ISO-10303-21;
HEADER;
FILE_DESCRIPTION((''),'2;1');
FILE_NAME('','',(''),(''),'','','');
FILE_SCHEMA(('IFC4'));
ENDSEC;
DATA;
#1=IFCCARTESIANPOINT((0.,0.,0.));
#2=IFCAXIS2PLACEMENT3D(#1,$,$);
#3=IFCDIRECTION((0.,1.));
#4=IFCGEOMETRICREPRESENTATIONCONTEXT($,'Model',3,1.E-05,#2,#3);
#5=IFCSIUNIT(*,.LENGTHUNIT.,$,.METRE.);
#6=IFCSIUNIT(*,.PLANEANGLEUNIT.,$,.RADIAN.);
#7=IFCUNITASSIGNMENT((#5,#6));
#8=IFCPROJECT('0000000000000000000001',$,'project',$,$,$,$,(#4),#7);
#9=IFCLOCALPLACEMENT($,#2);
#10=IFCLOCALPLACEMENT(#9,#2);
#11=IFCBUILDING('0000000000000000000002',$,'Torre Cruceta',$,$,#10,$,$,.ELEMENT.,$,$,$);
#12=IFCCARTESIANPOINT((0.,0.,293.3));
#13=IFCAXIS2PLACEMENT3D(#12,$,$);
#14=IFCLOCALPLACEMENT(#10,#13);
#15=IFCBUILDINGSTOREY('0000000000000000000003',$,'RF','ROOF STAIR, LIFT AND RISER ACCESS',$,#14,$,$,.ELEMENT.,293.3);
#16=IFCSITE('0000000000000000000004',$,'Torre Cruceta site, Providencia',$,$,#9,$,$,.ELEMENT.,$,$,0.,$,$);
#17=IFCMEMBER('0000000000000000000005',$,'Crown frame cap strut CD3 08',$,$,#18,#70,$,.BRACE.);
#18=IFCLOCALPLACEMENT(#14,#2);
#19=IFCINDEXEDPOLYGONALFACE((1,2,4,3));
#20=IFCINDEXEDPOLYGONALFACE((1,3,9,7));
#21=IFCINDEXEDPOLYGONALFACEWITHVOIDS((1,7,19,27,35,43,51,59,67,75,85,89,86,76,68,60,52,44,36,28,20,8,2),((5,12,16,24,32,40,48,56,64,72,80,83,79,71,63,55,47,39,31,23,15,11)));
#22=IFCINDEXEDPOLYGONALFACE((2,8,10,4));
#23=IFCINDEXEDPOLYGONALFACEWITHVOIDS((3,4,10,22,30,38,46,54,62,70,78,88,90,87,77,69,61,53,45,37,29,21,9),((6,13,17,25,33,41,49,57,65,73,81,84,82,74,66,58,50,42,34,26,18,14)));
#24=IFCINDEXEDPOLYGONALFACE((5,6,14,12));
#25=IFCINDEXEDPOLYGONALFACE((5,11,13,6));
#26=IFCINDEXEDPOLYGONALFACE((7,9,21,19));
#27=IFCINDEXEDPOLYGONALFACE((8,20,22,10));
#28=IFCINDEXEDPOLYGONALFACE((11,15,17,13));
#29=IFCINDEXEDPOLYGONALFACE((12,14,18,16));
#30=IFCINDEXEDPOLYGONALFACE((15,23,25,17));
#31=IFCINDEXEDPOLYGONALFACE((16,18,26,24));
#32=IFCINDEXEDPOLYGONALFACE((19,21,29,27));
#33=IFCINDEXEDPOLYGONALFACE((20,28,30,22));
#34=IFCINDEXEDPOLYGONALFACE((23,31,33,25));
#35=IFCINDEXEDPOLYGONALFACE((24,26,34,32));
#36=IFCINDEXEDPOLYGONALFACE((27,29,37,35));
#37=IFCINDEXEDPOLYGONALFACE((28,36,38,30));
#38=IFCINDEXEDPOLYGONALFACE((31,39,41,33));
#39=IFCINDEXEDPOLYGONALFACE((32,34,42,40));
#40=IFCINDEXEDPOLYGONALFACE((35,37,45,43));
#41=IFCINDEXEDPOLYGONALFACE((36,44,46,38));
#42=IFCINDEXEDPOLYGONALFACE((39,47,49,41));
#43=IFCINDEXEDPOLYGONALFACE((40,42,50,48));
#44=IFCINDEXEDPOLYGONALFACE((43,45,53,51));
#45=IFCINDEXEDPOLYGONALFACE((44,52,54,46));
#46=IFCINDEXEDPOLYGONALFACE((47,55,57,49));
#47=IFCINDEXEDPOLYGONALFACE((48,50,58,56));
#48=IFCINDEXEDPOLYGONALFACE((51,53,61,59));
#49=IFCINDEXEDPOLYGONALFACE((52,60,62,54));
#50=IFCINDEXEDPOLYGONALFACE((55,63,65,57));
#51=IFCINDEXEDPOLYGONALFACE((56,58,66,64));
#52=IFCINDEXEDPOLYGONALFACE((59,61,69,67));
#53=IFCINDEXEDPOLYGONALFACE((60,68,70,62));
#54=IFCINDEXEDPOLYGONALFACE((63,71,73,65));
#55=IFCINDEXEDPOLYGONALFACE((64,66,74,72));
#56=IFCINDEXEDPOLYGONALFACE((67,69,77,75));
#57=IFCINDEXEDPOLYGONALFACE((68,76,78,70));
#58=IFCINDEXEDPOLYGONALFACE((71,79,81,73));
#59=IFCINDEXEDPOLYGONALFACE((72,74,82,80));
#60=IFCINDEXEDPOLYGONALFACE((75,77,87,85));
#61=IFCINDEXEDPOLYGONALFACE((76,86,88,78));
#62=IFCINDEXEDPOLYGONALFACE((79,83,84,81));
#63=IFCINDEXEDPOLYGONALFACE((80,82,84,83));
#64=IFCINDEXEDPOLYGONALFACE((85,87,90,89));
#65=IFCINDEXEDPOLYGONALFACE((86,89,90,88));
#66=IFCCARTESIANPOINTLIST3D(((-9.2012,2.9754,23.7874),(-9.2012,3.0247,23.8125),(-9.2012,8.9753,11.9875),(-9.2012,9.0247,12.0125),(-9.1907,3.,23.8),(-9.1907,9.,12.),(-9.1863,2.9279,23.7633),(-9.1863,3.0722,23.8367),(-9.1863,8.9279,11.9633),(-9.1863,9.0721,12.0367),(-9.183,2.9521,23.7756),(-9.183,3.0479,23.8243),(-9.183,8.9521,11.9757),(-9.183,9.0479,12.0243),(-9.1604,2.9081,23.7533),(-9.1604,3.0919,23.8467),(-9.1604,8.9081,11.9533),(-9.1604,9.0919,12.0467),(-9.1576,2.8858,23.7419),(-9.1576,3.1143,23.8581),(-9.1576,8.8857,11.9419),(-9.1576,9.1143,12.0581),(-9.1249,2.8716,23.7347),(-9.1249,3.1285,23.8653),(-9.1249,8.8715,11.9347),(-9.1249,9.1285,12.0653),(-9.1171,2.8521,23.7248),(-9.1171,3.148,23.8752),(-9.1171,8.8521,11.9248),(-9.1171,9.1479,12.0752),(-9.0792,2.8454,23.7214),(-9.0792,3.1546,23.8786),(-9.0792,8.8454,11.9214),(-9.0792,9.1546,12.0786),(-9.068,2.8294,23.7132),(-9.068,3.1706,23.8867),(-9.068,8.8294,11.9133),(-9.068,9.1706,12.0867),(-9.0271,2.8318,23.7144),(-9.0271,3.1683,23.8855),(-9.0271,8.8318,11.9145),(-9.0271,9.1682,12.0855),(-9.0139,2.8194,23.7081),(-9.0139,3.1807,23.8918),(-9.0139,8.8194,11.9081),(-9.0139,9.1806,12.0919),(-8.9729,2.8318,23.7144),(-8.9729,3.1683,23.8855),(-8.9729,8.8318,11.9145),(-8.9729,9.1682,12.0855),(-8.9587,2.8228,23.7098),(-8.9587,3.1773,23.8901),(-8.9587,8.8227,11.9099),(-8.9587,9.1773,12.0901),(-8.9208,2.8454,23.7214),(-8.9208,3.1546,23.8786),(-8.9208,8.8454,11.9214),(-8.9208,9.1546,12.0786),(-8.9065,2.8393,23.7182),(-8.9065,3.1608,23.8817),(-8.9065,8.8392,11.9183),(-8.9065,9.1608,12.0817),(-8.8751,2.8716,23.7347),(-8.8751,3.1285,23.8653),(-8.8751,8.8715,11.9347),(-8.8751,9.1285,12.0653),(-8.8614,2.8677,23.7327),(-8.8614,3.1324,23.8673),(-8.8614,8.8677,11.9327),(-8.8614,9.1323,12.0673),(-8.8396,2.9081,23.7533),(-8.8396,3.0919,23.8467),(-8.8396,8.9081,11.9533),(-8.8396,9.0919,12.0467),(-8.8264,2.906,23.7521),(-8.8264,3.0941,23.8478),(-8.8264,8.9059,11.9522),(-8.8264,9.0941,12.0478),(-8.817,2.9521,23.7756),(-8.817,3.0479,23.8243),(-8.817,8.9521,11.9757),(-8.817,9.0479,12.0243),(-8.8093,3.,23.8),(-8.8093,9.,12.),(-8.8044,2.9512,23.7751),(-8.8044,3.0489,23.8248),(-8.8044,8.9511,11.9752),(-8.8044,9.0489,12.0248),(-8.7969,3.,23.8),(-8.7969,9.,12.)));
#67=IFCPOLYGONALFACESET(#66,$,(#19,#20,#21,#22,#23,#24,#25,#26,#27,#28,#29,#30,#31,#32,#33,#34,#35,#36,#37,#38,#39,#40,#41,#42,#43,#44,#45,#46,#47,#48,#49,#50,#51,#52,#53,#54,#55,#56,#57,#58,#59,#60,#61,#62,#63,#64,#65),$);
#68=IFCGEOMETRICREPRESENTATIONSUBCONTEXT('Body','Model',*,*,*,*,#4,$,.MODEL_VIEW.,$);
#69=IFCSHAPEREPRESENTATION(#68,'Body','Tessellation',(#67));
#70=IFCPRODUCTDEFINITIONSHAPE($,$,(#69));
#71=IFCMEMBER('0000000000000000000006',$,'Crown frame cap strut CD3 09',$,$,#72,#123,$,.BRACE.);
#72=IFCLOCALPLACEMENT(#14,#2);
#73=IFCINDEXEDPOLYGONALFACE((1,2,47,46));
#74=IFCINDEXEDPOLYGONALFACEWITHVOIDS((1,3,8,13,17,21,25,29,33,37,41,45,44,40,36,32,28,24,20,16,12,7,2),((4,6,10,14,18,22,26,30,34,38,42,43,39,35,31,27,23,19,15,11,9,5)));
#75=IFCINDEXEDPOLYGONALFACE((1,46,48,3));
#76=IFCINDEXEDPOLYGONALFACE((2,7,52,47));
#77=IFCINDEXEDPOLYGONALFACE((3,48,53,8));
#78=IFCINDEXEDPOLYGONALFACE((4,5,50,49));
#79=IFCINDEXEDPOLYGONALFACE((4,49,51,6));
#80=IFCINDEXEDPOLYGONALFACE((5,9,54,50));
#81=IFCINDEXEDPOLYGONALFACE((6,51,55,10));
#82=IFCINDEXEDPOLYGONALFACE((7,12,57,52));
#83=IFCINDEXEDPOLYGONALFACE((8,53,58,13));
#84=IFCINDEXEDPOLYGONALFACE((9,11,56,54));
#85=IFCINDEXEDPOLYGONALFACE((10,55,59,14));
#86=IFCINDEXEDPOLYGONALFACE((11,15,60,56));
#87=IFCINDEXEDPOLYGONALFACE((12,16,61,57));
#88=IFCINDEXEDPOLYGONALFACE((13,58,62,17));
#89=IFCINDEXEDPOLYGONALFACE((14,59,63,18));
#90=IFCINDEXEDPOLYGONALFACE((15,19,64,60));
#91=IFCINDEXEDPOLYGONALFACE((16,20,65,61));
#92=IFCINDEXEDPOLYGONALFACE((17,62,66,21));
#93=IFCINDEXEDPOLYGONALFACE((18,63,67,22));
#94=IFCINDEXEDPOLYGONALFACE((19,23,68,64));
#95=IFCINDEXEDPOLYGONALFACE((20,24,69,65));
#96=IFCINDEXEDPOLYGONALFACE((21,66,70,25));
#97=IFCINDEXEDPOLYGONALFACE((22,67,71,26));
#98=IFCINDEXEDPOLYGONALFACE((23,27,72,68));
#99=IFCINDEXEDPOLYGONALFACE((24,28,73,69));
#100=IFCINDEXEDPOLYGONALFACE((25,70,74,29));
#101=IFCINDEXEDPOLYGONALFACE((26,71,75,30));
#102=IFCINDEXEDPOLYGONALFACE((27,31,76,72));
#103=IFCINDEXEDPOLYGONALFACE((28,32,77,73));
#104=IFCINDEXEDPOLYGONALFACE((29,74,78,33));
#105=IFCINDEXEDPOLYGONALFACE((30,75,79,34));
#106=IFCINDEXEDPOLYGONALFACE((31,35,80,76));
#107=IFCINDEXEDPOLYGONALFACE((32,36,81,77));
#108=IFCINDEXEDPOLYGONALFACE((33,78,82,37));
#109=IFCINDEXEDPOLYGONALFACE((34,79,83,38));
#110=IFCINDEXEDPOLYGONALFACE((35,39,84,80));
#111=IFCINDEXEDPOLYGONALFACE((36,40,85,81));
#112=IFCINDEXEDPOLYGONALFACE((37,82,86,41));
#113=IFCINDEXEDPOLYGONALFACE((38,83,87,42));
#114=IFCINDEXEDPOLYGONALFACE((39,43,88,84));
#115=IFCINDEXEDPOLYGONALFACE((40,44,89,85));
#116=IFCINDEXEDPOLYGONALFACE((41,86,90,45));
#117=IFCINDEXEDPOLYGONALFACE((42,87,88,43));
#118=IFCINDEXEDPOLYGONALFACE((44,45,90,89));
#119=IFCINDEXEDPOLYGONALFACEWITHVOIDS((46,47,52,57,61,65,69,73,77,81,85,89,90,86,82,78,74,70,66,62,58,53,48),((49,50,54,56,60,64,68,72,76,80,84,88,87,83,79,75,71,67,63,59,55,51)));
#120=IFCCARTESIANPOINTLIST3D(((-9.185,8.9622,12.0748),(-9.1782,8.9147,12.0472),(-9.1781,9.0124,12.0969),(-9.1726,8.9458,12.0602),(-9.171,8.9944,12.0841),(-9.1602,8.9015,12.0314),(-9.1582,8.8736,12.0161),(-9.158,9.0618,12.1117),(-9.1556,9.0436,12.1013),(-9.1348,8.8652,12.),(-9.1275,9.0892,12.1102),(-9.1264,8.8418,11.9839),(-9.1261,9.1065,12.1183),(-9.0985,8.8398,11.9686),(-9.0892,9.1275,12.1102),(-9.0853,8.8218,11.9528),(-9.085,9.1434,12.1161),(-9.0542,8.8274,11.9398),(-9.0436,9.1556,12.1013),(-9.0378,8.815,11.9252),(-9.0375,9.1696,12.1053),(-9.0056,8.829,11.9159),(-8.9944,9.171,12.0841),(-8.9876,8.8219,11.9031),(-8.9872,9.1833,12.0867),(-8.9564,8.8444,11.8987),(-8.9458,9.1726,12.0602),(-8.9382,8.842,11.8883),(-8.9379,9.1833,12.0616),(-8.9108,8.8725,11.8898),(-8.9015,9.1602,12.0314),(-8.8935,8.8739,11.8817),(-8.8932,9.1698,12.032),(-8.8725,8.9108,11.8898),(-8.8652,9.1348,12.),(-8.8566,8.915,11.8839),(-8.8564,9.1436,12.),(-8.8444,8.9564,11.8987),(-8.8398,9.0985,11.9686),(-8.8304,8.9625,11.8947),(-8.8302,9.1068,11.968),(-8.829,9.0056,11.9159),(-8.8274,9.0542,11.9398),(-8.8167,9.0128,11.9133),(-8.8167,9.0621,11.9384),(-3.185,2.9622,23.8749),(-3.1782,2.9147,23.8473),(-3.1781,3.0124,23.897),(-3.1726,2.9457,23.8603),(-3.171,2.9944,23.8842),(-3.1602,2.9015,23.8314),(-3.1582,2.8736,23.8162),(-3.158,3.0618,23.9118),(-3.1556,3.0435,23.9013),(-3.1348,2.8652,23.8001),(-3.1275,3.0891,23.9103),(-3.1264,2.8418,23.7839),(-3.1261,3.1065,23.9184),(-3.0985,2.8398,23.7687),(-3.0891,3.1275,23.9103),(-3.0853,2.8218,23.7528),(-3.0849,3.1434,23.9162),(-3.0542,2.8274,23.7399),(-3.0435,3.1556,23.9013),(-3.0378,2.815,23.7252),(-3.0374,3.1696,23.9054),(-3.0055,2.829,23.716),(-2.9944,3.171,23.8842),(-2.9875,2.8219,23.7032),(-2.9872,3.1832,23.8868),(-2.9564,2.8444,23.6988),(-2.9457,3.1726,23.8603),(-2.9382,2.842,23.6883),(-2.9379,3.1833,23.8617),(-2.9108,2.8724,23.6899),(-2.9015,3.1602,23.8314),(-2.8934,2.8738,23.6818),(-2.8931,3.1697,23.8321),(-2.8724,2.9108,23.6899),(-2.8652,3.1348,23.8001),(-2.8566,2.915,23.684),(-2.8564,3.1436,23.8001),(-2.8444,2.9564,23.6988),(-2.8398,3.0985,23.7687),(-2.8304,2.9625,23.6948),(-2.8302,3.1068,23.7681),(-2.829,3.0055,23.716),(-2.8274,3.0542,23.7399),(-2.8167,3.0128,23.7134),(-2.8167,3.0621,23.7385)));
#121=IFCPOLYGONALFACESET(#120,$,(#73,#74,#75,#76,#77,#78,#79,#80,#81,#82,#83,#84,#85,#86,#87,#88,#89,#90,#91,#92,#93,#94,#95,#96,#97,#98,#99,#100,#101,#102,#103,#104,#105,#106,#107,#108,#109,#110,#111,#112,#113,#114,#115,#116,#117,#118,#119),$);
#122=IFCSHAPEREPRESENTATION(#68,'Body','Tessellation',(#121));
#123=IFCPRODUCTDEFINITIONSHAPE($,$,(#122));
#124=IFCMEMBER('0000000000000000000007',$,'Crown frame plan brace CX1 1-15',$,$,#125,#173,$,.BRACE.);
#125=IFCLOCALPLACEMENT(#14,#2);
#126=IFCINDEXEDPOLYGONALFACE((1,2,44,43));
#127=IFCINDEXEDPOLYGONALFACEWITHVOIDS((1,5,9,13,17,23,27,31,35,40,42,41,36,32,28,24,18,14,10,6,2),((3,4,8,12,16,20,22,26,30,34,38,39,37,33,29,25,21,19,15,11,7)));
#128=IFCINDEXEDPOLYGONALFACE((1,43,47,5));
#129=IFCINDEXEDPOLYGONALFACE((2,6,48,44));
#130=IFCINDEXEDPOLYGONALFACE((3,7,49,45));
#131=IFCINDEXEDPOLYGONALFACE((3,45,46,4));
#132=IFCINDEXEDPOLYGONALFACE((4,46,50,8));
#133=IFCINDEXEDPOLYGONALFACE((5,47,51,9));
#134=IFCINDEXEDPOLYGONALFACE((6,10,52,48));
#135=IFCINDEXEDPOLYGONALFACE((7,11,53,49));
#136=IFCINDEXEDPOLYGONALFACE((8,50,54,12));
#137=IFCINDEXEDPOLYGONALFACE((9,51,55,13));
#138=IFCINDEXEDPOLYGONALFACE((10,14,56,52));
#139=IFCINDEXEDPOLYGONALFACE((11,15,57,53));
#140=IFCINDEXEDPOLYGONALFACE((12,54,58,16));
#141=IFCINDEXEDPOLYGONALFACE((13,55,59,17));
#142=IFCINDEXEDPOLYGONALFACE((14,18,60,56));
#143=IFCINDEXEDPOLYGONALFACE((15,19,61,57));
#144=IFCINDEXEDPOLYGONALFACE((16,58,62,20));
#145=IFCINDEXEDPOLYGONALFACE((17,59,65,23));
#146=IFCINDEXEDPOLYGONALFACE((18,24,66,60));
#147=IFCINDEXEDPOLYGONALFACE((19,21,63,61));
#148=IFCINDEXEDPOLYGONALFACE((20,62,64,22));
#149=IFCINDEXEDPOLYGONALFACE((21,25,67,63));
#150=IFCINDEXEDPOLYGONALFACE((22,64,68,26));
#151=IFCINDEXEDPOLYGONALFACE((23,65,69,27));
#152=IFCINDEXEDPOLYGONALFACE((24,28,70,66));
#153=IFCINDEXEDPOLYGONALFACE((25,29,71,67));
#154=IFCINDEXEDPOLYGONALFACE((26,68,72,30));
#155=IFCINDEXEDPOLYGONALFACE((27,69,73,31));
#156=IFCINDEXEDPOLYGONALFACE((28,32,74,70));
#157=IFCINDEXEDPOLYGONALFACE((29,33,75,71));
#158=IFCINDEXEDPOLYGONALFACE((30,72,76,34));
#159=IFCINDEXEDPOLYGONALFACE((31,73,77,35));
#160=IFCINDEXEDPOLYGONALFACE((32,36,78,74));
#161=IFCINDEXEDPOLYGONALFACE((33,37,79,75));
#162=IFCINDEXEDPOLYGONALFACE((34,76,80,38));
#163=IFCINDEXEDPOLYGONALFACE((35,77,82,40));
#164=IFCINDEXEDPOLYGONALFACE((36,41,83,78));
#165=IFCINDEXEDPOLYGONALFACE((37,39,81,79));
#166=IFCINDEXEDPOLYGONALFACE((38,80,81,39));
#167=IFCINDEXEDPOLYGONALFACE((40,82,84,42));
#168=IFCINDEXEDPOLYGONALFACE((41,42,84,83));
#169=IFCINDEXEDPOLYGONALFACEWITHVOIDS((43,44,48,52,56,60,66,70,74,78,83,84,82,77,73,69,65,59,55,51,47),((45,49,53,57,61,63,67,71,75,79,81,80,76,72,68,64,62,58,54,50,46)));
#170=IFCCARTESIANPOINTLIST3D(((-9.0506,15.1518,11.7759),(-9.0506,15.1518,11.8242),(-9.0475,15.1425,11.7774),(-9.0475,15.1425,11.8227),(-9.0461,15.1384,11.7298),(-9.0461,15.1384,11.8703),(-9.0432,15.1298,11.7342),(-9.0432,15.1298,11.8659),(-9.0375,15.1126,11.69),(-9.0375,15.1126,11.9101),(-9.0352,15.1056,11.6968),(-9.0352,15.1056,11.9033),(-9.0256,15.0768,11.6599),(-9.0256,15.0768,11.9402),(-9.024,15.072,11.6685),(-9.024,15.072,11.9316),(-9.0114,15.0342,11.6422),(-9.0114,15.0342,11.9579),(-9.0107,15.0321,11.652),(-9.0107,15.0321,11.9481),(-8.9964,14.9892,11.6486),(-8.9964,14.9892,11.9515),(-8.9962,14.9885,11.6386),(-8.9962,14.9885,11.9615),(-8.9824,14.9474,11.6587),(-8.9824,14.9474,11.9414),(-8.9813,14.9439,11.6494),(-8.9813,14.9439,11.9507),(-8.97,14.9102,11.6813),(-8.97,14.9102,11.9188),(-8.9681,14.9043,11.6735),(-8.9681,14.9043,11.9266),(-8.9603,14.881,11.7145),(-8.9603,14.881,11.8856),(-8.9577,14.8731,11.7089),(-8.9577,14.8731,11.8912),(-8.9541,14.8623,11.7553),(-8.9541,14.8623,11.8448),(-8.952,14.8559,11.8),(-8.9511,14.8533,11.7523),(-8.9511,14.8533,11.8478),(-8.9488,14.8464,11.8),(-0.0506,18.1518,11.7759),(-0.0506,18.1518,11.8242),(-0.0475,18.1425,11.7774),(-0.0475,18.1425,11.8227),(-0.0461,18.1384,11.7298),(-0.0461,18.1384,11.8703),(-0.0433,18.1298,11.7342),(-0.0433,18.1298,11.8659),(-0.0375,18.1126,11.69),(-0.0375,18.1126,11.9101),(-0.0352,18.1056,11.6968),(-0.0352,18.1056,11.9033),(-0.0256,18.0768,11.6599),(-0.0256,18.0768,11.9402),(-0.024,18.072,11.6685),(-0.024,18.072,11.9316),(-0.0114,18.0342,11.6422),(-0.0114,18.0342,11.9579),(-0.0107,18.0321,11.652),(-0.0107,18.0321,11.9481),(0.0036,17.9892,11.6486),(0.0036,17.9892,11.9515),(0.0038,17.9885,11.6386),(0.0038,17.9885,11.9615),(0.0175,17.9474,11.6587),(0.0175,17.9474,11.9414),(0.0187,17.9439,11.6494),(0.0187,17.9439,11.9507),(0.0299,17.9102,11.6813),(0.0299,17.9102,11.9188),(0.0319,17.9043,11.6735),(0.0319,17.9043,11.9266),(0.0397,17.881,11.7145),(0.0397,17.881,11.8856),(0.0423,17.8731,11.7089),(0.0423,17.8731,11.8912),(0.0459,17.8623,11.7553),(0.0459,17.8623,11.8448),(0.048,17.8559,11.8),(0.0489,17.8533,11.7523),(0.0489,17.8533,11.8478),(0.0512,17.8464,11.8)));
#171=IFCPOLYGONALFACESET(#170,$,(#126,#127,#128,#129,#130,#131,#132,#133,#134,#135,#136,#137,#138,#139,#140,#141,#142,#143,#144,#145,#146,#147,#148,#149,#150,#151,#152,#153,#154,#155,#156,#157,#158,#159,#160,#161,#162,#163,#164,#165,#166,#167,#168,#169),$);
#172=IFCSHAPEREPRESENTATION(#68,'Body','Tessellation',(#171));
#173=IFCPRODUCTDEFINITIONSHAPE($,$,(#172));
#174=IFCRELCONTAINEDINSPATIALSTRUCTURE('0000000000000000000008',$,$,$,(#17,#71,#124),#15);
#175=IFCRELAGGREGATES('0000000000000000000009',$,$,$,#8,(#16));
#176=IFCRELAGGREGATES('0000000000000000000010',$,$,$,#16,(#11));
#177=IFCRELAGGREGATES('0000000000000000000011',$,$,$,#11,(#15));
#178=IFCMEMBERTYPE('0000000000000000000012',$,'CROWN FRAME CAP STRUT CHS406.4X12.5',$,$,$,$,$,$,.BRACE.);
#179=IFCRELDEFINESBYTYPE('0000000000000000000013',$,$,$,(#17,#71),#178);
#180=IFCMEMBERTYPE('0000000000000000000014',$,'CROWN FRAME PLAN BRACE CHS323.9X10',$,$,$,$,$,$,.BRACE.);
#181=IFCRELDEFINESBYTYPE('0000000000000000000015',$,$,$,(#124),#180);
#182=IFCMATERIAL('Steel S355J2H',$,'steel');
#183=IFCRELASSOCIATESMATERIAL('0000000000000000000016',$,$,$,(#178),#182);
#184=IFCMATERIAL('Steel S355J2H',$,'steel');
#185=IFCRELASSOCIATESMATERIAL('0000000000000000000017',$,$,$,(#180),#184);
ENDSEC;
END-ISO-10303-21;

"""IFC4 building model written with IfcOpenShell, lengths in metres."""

from ifc_helpers import new_model, si_unit, direction, frame, origin, origin_2d, place, context, subcontext, project, spatial, hollow_circle, extrude, material, material_profile, profile_set, type_object, element, save


model = new_model("IFC4")

# Units and contexts
model_context = context("Model", 3, precision=1e-05, world=origin(), true_north=direction((0.0, 1.0)))
body_context = subcontext(model_context, "Body", "Model", "MODEL_VIEW")
ifc_project = project(units=[si_unit("LENGTHUNIT", "METRE"), si_unit("PLANEANGLEUNIT", "RADIAN")], contexts=[model_context])

# Site, building, storey
site_placement = place(None, origin())
site = spatial("IfcSite", under=ifc_project, at=site_placement, Name="Torre Cruceta site, Providencia", CompositionType="ELEMENT", RefElevation=0.0)
building_placement = place(site_placement, origin())
building = spatial("IfcBuilding", under=site, at=building_placement, Name="Torre Cruceta", CompositionType="ELEMENT")
storey_placement = place(building_placement, frame((0.0, 0.0, 293.3)))
storey = spatial("IfcBuildingStorey", under=building, at=storey_placement, Name="RF", Description="ROOF STAIR, LIFT AND RISER ACCESS", CompositionType="ELEMENT", Elevation=293.3)

# Members
ifc_material_1 = material(Name="Steel S355J2H", Category="steel")
ifc_material_profile_1 = material_profile(ifc_material_1, hollow_circle(Radius=0.2031, WallThickness=0.0125, at=origin_2d()), Name="CHS406.4X12.5")
ifc_profile_set_1 = profile_set([ifc_material_profile_1], Name="Steel S355J2H")
member_type_1 = type_object("IfcMemberType", Name="CROWN FRAME CAP STRUT CHS406.4X12.5", PredefinedType="BRACE", material=ifc_profile_set_1)
for number, where, z_axis, x_axis, name in (
    (1, (-9.0, 9.0, 12.0), (0.0, -0.453245, 0.891386), (1.0, 0.0, 0.0), "Crown frame cap strut CD3 08"),
):
    element("IfcMember", number, at=place(storey_placement, frame(where, z_axis=z_axis, x_axis=x_axis)), inside=storey, type_object=member_type_1, Name=name, PredefinedType="BRACE", context=body_context, shape_type="SweptSolid", body=[
        extrude(hollow_circle(Radius=0.2031, WallThickness=0.0125, at=origin_2d()), origin(), (0.0, 0.0, 1.0), 13.2378),
    ])
member_1_placement = place(storey_placement, frame((-9.0, 9.0, 12.0), z_axis=(0.412821, -0.412821, 0.811885), x_axis=(0.707107, 0.707107, 0.0)))
element("IfcMember", 2, at=member_1_placement, inside=storey, type_object=member_type_1, Name="Crown frame cap strut CD3 09", PredefinedType="BRACE", context=body_context, shape_type="SweptSolid", body=[
    extrude(hollow_circle(Radius=0.2031, WallThickness=0.0125, at=origin_2d()), origin(), (0.0, 0.0, 1.0), 14.5342),
])
ifc_material_2 = material(Name="Steel S355J2H", Category="steel")
ifc_material_profile_2 = material_profile(ifc_material_2, hollow_circle(Radius=0.1619, WallThickness=0.01, at=origin_2d()), Name="CHS323.9X10")
ifc_profile_set_2 = profile_set([ifc_material_profile_2], Name="Steel S355J2H")
member_type_2 = type_object("IfcMemberType", Name="CROWN FRAME PLAN BRACE CHS323.9X10", PredefinedType="BRACE", material=ifc_profile_set_2)
member_2_placement = place(storey_placement, frame((0.0, 18.0, 11.8), z_axis=(-0.948683, -0.316228, 0.0), x_axis=(0.316228, -0.948683, 0.0)))
element("IfcMember", 3, at=member_2_placement, inside=storey, type_object=member_type_2, Name="Crown frame plan brace CX1 1-15", PredefinedType="BRACE", context=body_context, shape_type="SweptSolid", body=[
    extrude(hollow_circle(Radius=0.1619, WallThickness=0.01, at=origin_2d()), origin(), (0.0, 0.0, 1.0), 9.4868),
])

save(model, "model.ifc")
